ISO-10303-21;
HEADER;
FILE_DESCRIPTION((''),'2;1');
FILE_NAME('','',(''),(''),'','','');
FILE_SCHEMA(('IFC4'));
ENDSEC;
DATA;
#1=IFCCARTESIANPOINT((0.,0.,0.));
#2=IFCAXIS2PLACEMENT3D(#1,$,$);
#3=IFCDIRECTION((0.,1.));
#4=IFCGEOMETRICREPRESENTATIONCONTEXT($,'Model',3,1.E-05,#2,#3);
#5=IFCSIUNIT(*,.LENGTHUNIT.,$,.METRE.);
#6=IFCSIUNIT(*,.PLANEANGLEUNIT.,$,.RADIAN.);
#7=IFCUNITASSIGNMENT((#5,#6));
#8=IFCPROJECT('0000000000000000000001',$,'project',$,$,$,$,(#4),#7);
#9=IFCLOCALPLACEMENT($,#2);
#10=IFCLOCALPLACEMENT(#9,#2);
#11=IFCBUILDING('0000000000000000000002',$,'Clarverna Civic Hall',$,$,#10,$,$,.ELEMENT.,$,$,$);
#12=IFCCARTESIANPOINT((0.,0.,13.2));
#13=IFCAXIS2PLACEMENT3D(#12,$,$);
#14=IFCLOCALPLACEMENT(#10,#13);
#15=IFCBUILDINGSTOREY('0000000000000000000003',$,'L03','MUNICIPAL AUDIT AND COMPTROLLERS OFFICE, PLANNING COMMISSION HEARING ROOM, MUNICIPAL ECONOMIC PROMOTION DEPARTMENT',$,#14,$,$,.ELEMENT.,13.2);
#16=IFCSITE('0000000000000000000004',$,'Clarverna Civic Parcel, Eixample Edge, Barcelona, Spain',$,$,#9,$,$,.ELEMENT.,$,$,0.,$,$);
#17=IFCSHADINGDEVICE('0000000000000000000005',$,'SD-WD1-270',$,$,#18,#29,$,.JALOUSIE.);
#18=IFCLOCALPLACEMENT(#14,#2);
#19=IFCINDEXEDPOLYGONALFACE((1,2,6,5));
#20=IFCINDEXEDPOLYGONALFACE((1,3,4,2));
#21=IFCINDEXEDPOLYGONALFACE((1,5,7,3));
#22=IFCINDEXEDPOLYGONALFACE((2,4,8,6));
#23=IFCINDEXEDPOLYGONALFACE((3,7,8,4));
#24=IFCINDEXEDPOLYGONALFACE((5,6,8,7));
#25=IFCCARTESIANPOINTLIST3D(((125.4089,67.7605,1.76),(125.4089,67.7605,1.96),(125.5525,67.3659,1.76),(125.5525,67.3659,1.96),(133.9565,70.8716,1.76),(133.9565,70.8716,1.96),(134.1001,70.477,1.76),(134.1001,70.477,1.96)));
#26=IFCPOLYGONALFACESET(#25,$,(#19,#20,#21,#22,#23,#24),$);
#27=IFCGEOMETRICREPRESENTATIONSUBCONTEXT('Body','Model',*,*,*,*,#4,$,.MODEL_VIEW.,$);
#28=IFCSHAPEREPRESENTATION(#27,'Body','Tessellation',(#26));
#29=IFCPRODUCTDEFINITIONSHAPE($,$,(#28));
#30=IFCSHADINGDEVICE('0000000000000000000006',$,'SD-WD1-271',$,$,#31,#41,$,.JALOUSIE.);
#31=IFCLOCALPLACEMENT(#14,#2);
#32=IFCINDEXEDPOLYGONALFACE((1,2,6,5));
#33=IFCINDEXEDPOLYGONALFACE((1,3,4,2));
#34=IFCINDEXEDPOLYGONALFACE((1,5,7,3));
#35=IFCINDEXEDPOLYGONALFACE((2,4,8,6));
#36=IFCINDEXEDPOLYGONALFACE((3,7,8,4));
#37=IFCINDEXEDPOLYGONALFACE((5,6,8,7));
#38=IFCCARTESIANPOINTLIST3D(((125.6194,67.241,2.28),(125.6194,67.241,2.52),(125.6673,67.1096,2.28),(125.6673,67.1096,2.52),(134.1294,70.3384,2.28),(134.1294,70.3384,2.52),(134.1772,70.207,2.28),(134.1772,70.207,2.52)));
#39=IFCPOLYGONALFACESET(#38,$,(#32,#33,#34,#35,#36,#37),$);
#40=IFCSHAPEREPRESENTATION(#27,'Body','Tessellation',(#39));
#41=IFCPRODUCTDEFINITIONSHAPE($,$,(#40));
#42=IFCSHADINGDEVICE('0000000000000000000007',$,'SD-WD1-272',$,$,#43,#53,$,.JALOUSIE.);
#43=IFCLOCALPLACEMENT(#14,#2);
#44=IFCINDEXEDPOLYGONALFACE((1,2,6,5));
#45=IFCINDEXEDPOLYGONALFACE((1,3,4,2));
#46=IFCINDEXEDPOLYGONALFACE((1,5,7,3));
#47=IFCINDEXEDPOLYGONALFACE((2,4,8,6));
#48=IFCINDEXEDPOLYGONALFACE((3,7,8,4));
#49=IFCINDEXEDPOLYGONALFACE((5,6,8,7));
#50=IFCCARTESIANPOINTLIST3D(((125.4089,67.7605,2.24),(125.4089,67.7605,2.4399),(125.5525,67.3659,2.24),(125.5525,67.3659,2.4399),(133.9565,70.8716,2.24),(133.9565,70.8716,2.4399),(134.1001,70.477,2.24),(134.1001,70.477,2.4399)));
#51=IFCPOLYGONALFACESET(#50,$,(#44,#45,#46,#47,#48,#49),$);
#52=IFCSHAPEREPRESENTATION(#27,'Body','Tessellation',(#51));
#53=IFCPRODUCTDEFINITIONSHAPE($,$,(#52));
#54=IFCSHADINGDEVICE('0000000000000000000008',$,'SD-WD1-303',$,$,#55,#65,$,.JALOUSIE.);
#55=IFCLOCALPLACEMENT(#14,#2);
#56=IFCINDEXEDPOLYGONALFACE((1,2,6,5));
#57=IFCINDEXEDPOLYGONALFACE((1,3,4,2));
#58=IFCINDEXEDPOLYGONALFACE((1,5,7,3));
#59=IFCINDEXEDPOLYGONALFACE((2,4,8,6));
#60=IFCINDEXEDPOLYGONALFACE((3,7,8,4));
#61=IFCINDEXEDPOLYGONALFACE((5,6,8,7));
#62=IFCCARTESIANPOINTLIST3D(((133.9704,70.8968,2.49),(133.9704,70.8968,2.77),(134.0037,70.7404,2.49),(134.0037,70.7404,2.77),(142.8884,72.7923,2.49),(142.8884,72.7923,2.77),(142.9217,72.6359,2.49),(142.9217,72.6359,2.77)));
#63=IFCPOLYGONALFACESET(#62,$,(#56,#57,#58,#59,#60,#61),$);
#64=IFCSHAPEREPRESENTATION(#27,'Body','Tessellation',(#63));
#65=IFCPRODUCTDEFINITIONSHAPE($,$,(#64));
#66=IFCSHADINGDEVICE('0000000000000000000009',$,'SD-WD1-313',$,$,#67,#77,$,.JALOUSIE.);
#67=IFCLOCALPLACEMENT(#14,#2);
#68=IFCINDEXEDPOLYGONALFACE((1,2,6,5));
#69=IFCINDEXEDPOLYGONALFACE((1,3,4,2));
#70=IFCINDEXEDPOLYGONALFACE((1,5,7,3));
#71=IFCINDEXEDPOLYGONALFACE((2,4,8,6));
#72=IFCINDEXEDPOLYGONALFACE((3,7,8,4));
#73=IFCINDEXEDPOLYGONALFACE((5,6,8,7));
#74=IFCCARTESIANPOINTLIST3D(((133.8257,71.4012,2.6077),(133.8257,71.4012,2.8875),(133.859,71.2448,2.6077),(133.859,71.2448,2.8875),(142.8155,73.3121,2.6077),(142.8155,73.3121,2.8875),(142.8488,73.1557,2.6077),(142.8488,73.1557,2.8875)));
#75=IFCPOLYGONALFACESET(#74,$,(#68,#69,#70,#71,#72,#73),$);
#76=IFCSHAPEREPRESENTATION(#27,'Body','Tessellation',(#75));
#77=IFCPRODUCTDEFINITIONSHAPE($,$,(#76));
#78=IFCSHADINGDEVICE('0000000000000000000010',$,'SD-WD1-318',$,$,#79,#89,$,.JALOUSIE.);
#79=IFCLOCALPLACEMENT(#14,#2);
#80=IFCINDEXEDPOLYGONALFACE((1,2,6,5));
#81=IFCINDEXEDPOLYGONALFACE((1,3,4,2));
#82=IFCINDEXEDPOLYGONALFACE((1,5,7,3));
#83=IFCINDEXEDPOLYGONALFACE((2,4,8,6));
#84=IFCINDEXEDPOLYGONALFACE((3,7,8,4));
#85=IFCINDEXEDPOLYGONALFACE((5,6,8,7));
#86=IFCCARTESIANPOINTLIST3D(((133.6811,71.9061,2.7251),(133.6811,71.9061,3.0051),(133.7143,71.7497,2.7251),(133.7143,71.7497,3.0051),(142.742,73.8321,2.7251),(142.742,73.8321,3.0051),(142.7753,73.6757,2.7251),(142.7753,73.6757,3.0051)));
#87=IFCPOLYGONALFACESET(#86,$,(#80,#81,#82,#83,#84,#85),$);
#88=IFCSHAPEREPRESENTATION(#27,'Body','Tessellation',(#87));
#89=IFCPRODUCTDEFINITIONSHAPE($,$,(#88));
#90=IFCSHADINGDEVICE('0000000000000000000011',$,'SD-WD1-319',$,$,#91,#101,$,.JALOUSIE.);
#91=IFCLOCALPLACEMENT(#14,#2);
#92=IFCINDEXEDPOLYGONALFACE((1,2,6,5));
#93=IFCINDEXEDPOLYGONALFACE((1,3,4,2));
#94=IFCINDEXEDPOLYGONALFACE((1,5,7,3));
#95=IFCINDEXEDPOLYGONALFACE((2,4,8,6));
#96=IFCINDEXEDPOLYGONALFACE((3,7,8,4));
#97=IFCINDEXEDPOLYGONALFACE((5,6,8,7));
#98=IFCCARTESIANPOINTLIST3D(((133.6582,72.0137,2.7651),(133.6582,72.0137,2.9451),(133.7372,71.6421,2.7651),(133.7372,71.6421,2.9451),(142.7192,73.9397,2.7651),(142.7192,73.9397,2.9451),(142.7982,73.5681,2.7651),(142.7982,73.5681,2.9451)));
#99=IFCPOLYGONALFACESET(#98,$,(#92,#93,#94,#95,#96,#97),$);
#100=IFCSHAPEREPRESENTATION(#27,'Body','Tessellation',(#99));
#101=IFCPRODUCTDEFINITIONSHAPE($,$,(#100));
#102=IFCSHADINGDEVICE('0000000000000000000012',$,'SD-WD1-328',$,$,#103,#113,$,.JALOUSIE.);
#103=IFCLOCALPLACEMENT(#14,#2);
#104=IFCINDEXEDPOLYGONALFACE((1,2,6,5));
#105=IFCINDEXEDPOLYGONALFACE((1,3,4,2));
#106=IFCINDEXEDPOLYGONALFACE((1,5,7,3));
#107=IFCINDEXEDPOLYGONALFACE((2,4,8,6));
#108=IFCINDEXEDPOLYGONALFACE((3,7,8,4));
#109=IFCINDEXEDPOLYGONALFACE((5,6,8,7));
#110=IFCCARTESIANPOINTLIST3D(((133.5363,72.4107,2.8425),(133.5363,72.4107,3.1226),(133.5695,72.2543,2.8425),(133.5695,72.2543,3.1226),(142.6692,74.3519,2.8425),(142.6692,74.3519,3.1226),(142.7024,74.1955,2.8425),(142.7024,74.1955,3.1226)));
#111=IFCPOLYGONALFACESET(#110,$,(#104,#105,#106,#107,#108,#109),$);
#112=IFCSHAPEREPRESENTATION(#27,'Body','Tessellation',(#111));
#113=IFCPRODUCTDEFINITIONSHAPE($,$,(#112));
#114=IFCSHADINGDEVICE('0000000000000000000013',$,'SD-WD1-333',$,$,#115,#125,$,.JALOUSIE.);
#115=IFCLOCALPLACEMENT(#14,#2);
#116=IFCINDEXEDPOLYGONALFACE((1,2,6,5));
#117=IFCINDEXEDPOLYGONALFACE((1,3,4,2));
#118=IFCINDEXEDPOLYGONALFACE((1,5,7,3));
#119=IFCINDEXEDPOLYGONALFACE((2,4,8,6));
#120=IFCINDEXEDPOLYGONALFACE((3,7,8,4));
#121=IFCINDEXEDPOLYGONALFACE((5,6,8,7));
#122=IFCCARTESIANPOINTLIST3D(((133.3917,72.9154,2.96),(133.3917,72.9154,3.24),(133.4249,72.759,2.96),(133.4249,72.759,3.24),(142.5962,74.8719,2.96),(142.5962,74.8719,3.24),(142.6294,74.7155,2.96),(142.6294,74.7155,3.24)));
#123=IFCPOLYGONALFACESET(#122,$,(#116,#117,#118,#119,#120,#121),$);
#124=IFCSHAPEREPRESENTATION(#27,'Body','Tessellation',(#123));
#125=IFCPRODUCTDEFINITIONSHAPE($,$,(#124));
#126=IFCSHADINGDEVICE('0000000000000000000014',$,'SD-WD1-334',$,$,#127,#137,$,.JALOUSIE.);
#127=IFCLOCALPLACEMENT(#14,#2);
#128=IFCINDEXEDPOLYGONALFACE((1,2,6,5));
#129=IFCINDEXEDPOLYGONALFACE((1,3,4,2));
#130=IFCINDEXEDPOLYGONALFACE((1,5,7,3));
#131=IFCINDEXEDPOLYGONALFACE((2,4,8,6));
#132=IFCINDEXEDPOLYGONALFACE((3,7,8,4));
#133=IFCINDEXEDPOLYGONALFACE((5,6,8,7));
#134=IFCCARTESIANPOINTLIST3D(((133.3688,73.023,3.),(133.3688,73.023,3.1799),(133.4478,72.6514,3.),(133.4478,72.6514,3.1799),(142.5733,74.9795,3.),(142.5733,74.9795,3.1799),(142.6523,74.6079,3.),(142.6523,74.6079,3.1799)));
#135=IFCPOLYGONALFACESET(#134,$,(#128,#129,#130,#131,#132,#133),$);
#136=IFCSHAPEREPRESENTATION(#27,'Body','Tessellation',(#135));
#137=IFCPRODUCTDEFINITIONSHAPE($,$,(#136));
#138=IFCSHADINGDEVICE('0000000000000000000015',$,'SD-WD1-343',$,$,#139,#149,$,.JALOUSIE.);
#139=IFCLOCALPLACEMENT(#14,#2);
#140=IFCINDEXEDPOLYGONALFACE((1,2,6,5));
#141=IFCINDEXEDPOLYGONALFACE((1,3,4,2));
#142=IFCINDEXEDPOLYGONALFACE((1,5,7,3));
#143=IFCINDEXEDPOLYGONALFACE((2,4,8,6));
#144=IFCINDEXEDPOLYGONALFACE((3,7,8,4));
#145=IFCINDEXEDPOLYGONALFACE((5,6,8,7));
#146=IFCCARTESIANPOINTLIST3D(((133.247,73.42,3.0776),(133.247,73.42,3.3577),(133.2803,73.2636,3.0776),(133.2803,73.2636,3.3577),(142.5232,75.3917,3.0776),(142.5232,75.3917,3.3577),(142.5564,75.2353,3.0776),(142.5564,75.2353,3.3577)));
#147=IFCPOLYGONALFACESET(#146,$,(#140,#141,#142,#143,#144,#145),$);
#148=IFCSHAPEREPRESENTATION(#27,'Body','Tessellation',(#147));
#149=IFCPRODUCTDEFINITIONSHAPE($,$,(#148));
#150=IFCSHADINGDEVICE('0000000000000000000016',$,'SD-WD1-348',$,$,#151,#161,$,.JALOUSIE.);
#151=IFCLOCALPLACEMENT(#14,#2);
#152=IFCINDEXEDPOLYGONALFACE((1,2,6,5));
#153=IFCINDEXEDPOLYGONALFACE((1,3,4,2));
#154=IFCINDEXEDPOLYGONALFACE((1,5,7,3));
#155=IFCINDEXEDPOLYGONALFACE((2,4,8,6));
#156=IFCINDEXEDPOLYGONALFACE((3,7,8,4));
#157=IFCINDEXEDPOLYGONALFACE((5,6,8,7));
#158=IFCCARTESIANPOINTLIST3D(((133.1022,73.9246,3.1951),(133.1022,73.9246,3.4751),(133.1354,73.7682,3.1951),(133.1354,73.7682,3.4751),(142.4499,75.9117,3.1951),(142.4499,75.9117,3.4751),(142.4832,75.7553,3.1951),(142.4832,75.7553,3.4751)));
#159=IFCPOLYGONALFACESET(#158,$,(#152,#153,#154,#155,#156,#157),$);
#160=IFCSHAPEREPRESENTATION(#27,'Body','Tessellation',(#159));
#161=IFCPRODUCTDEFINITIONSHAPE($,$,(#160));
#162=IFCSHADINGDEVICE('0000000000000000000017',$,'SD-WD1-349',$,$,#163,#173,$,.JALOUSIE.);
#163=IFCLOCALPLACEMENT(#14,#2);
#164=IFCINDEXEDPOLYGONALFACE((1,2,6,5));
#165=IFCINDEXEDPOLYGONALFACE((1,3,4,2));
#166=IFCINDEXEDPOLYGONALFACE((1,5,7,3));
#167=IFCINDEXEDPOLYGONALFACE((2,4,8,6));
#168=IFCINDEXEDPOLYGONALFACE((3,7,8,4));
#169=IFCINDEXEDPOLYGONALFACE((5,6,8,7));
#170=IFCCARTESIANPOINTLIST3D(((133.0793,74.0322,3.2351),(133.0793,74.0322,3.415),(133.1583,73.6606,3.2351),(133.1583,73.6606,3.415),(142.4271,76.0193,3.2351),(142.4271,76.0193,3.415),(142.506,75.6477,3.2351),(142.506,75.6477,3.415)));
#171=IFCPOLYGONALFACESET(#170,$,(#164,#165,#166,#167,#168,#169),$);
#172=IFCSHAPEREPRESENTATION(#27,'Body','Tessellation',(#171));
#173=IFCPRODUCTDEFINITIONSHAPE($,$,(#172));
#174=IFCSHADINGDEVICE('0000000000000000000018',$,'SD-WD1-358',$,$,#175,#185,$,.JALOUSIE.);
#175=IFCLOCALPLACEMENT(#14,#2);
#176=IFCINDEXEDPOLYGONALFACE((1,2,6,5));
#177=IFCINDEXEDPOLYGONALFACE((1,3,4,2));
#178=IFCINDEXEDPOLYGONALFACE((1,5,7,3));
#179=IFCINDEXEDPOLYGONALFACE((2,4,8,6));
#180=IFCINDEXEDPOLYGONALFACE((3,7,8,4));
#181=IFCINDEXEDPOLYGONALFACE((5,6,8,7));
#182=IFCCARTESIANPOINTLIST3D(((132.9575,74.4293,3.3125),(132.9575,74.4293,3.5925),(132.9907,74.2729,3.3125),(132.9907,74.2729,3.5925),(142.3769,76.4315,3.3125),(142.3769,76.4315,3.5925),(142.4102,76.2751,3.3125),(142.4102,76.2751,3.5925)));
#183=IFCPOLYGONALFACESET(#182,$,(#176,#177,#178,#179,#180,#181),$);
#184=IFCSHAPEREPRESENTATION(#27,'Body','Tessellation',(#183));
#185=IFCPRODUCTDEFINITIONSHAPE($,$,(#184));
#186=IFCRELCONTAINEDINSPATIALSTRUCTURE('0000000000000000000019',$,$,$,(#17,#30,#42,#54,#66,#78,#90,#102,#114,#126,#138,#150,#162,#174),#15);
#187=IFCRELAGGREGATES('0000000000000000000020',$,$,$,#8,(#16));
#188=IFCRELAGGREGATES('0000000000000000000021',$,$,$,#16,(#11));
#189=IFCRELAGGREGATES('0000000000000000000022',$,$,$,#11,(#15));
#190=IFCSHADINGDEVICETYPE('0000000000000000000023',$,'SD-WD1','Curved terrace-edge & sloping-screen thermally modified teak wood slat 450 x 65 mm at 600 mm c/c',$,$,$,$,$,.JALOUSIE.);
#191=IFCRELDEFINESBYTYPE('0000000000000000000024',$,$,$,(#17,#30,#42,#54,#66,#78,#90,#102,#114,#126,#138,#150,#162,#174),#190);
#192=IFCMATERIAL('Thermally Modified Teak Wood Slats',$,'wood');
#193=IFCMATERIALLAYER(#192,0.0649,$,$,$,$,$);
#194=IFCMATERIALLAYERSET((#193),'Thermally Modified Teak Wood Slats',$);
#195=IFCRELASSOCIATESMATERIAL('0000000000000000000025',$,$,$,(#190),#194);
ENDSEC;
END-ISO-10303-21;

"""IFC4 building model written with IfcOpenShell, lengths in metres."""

from ifc_helpers import new_model, si_unit, direction, frame, frame_2d, origin, place, context, subcontext, project, spatial, rectangle, extrude, material, layer, layer_set, type_object, element, save


model = new_model("IFC4")

# Units and contexts
model_context = context("Model", 3, precision=1e-05, world=origin(), true_north=direction((0.0, 1.0)))
body_context = subcontext(model_context, "Body", "Model", "MODEL_VIEW")
ifc_project = project(units=[si_unit("LENGTHUNIT", "METRE"), si_unit("PLANEANGLEUNIT", "RADIAN")], contexts=[model_context])

# Site, building, storey
site_placement = place(None, origin())
site = spatial("IfcSite", under=ifc_project, at=site_placement, Name="Clarverna Civic Parcel, Eixample Edge, Barcelona, Spain", CompositionType="ELEMENT", RefElevation=0.0)
building_placement = place(site_placement, origin())
building = spatial("IfcBuilding", under=site, at=building_placement, Name="Clarverna Civic Hall", CompositionType="ELEMENT")
storey_placement = place(building_placement, frame((0.0, 0.0, 13.2)))
storey = spatial("IfcBuildingStorey", under=building, at=storey_placement, Name="L03", Description="MUNICIPAL AUDIT AND COMPTROLLERS OFFICE, PLANNING COMMISSION HEARING ROOM, MUNICIPAL ECONOMIC PROMOTION DEPARTMENT", CompositionType="ELEMENT", Elevation=13.2)

# Shading devices
ifc_material_1 = material(Name="Thermally Modified Teak Wood Slats", Category="wood")
ifc_layer_1 = layer(ifc_material_1, 0.0649)
ifc_layer_set_1 = layer_set([ifc_layer_1], Name="Thermally Modified Teak Wood Slats")
shading_device_type = type_object("IfcShadingDeviceType", Name="SD-WD1", Description="Curved terrace-edge & sloping-screen thermally modified teak wood slat 450 x 65 mm at 600 mm c/c", PredefinedType="JALOUSIE", material=ifc_layer_set_1)
shading_device_1_placement = place(storey_placement, frame((134.0283, 70.6743, 1.76), z_axis=(0.0, 0.0, 1.0), x_axis=(-0.939692, -0.342021, 0.0)))
element("IfcShadingDevice", 1, at=shading_device_1_placement, inside=storey, type_object=shading_device_type, Name="SD-WD1-270", PredefinedType="JALOUSIE", context=body_context, shape_type="SweptSolid", body=[
    extrude(rectangle(XDim=9.0962, YDim=0.4199, at=frame_2d((4.5481, 0.0))), origin(), (0.0, 0.0, 1.0), 0.2),
])
shading_device_2_placement = place(storey_placement, frame((134.1533, 70.2727, 2.28), z_axis=(0.0, 0.0, 1.0), x_axis=(-0.939692, -0.342022, 0.0)))
element("IfcShadingDevice", 2, at=shading_device_2_placement, inside=storey, type_object=shading_device_type, Name="SD-WD1-271", PredefinedType="JALOUSIE", context=body_context, shape_type="SweptSolid", body=[
    extrude(rectangle(XDim=9.0562, YDim=0.1399, at=frame_2d((4.5281, 0.0))), origin(), (0.0, 0.0, 1.0), 0.24),
])
shading_device_3_placement = place(storey_placement, frame((134.0283, 70.6743, 2.24), z_axis=(0.0, 0.0, 1.0), x_axis=(-0.939692, -0.342021, 0.0)))
element("IfcShadingDevice", 3, at=shading_device_3_placement, inside=storey, type_object=shading_device_type, Name="SD-WD1-272", PredefinedType="JALOUSIE", context=body_context, shape_type="SweptSolid", body=[
    extrude(rectangle(XDim=9.0962, YDim=0.4199, at=frame_2d((4.5481, 0.0))), origin(), (0.0, 0.0, 1.0), 0.2),
])
shading_device_4_placement = place(storey_placement, frame((142.905, 72.7141, 2.49), z_axis=(0.0, 0.0, 1.0), x_axis=(-0.978149, -0.207905, 0.0)))
element("IfcShadingDevice", 4, at=shading_device_4_placement, inside=storey, type_object=shading_device_type, Name="SD-WD1-303", PredefinedType="JALOUSIE", context=body_context, shape_type="SweptSolid", body=[
    extrude(rectangle(XDim=9.1172, YDim=0.1599, at=frame_2d((4.5586, 0.0))), origin(), (0.0, 0.0, 1.0), 0.28),
])
shading_device_5_placement = place(storey_placement, frame((142.832, 73.2339, 2.6077), z_axis=(0.0, 0.0, 1.0), x_axis=(-0.978146, -0.207918, 0.0)))
element("IfcShadingDevice", 5, at=shading_device_5_placement, inside=storey, type_object=shading_device_type, Name="SD-WD1-313", PredefinedType="JALOUSIE", context=body_context, shape_type="SweptSolid", body=[
    extrude(rectangle(XDim=9.1907, YDim=0.1599, at=frame_2d((4.5952, 0.0))), origin(), (0.0, 0.0, 1.0), 0.2798),
])
shading_device_6_placement = place(storey_placement, frame((142.7588, 73.7539, 2.7251), z_axis=(0.0, 0.0, 1.0), x_axis=(-0.978147, -0.207916, 0.0)))
element("IfcShadingDevice", 6, at=shading_device_6_placement, inside=storey, type_object=shading_device_type, Name="SD-WD1-318", PredefinedType="JALOUSIE", context=body_context, shape_type="SweptSolid", body=[
    extrude(rectangle(XDim=9.2634, YDim=0.1599, at=frame_2d((4.6318, 0.0))), origin(), (0.0, 0.0, 1.0), 0.28),
])
shading_device_7_placement = place(storey_placement, frame((142.7588, 73.7539, 2.7651), z_axis=(0.0, 0.0, 1.0), x_axis=(-0.978147, -0.207916, 0.0)))
element("IfcShadingDevice", 7, at=shading_device_7_placement, inside=storey, type_object=shading_device_type, Name="SD-WD1-319", PredefinedType="JALOUSIE", context=body_context, shape_type="SweptSolid", body=[
    extrude(rectangle(XDim=9.2634, YDim=0.3799, at=frame_2d((4.6318, 0.0))), origin(), (0.0, 0.0, 1.0), 0.1799),
])
shading_device_8_placement = place(storey_placement, frame((142.6858, 74.2737, 2.8425), z_axis=(0.0, 0.0, 1.0), x_axis=(-0.978149, -0.207904, 0.0)))
element("IfcShadingDevice", 8, at=shading_device_8_placement, inside=storey, type_object=shading_device_type, Name="SD-WD1-328", PredefinedType="JALOUSIE", context=body_context, shape_type="SweptSolid", body=[
    extrude(rectangle(XDim=9.3369, YDim=0.1599, at=frame_2d((4.6685, 0.0))), origin(), (0.0, 0.0, 1.0), 0.28),
])
shading_device_9_placement = place(storey_placement, frame((142.6128, 74.7937, 2.96), z_axis=(0.0, 0.0, 1.0), x_axis=(-0.978147, -0.207916, 0.0)))
element("IfcShadingDevice", 9, at=shading_device_9_placement, inside=storey, type_object=shading_device_type, Name="SD-WD1-333", PredefinedType="JALOUSIE", context=body_context, shape_type="SweptSolid", body=[
    extrude(rectangle(XDim=9.4102, YDim=0.1599, at=frame_2d((4.7051, 0.0))), origin(), (0.0, 0.0, 1.0), 0.28),
])
shading_device_10_placement = place(storey_placement, frame((142.6128, 74.7937, 3.0), z_axis=(0.0, 0.0, 1.0), x_axis=(-0.978147, -0.207916, 0.0)))
element("IfcShadingDevice", 10, at=shading_device_10_placement, inside=storey, type_object=shading_device_type, Name="SD-WD1-334", PredefinedType="JALOUSIE", context=body_context, shape_type="SweptSolid", body=[
    extrude(rectangle(XDim=9.4102, YDim=0.3799, at=frame_2d((4.7051, 0.0))), origin(), (0.0, 0.0, 1.0), 0.1799),
])
shading_device_11_placement = place(storey_placement, frame((142.5398, 75.3135, 3.0776), z_axis=(0.0, 0.0, 1.0), x_axis=(-0.978148, -0.20791, 0.0)))
element("IfcShadingDevice", 11, at=shading_device_11_placement, inside=storey, type_object=shading_device_type, Name="SD-WD1-343", PredefinedType="JALOUSIE", context=body_context, shape_type="SweptSolid", body=[
    extrude(rectangle(XDim=9.4834, YDim=0.1599, at=frame_2d((4.7417, 0.0))), origin(), (0.0, 0.0, 1.0), 0.28),
])
shading_device_12_placement = place(storey_placement, frame((142.4666, 75.8335, 3.1951), z_axis=(0.0, 0.0, 1.0), x_axis=(-0.978144, -0.207927, 0.0)))
element("IfcShadingDevice", 12, at=shading_device_12_placement, inside=storey, type_object=shading_device_type, Name="SD-WD1-348", PredefinedType="JALOUSIE", context=body_context, shape_type="SweptSolid", body=[
    extrude(rectangle(XDim=9.5566, YDim=0.1599, at=frame_2d((4.7783, 0.0))), origin(), (0.0, 0.0, 1.0), 0.28),
])
shading_device_13_placement = place(storey_placement, frame((142.4666, 75.8335, 3.2351), z_axis=(0.0, 0.0, 1.0), x_axis=(-0.978144, -0.207927, 0.0)))
element("IfcShadingDevice", 13, at=shading_device_13_placement, inside=storey, type_object=shading_device_type, Name="SD-WD1-349", PredefinedType="JALOUSIE", context=body_context, shape_type="SweptSolid", body=[
    extrude(rectangle(XDim=9.5566, YDim=0.3799, at=frame_2d((4.7783, 0.0))), origin(), (0.0, 0.0, 1.0), 0.1799),
])
shading_device_14_placement = place(storey_placement, frame((142.3936, 76.3533, 3.3125), z_axis=(0.0, 0.0, 1.0), x_axis=(-0.978147, -0.207915, 0.0)))
element("IfcShadingDevice", 14, at=shading_device_14_placement, inside=storey, type_object=shading_device_type, Name="SD-WD1-358", PredefinedType="JALOUSIE", context=body_context, shape_type="SweptSolid", body=[
    extrude(rectangle(XDim=9.6299, YDim=0.1599, at=frame_2d((4.8149, 0.0))), origin(), (0.0, 0.0, 1.0), 0.28),
])

save(model, "model.ifc")
